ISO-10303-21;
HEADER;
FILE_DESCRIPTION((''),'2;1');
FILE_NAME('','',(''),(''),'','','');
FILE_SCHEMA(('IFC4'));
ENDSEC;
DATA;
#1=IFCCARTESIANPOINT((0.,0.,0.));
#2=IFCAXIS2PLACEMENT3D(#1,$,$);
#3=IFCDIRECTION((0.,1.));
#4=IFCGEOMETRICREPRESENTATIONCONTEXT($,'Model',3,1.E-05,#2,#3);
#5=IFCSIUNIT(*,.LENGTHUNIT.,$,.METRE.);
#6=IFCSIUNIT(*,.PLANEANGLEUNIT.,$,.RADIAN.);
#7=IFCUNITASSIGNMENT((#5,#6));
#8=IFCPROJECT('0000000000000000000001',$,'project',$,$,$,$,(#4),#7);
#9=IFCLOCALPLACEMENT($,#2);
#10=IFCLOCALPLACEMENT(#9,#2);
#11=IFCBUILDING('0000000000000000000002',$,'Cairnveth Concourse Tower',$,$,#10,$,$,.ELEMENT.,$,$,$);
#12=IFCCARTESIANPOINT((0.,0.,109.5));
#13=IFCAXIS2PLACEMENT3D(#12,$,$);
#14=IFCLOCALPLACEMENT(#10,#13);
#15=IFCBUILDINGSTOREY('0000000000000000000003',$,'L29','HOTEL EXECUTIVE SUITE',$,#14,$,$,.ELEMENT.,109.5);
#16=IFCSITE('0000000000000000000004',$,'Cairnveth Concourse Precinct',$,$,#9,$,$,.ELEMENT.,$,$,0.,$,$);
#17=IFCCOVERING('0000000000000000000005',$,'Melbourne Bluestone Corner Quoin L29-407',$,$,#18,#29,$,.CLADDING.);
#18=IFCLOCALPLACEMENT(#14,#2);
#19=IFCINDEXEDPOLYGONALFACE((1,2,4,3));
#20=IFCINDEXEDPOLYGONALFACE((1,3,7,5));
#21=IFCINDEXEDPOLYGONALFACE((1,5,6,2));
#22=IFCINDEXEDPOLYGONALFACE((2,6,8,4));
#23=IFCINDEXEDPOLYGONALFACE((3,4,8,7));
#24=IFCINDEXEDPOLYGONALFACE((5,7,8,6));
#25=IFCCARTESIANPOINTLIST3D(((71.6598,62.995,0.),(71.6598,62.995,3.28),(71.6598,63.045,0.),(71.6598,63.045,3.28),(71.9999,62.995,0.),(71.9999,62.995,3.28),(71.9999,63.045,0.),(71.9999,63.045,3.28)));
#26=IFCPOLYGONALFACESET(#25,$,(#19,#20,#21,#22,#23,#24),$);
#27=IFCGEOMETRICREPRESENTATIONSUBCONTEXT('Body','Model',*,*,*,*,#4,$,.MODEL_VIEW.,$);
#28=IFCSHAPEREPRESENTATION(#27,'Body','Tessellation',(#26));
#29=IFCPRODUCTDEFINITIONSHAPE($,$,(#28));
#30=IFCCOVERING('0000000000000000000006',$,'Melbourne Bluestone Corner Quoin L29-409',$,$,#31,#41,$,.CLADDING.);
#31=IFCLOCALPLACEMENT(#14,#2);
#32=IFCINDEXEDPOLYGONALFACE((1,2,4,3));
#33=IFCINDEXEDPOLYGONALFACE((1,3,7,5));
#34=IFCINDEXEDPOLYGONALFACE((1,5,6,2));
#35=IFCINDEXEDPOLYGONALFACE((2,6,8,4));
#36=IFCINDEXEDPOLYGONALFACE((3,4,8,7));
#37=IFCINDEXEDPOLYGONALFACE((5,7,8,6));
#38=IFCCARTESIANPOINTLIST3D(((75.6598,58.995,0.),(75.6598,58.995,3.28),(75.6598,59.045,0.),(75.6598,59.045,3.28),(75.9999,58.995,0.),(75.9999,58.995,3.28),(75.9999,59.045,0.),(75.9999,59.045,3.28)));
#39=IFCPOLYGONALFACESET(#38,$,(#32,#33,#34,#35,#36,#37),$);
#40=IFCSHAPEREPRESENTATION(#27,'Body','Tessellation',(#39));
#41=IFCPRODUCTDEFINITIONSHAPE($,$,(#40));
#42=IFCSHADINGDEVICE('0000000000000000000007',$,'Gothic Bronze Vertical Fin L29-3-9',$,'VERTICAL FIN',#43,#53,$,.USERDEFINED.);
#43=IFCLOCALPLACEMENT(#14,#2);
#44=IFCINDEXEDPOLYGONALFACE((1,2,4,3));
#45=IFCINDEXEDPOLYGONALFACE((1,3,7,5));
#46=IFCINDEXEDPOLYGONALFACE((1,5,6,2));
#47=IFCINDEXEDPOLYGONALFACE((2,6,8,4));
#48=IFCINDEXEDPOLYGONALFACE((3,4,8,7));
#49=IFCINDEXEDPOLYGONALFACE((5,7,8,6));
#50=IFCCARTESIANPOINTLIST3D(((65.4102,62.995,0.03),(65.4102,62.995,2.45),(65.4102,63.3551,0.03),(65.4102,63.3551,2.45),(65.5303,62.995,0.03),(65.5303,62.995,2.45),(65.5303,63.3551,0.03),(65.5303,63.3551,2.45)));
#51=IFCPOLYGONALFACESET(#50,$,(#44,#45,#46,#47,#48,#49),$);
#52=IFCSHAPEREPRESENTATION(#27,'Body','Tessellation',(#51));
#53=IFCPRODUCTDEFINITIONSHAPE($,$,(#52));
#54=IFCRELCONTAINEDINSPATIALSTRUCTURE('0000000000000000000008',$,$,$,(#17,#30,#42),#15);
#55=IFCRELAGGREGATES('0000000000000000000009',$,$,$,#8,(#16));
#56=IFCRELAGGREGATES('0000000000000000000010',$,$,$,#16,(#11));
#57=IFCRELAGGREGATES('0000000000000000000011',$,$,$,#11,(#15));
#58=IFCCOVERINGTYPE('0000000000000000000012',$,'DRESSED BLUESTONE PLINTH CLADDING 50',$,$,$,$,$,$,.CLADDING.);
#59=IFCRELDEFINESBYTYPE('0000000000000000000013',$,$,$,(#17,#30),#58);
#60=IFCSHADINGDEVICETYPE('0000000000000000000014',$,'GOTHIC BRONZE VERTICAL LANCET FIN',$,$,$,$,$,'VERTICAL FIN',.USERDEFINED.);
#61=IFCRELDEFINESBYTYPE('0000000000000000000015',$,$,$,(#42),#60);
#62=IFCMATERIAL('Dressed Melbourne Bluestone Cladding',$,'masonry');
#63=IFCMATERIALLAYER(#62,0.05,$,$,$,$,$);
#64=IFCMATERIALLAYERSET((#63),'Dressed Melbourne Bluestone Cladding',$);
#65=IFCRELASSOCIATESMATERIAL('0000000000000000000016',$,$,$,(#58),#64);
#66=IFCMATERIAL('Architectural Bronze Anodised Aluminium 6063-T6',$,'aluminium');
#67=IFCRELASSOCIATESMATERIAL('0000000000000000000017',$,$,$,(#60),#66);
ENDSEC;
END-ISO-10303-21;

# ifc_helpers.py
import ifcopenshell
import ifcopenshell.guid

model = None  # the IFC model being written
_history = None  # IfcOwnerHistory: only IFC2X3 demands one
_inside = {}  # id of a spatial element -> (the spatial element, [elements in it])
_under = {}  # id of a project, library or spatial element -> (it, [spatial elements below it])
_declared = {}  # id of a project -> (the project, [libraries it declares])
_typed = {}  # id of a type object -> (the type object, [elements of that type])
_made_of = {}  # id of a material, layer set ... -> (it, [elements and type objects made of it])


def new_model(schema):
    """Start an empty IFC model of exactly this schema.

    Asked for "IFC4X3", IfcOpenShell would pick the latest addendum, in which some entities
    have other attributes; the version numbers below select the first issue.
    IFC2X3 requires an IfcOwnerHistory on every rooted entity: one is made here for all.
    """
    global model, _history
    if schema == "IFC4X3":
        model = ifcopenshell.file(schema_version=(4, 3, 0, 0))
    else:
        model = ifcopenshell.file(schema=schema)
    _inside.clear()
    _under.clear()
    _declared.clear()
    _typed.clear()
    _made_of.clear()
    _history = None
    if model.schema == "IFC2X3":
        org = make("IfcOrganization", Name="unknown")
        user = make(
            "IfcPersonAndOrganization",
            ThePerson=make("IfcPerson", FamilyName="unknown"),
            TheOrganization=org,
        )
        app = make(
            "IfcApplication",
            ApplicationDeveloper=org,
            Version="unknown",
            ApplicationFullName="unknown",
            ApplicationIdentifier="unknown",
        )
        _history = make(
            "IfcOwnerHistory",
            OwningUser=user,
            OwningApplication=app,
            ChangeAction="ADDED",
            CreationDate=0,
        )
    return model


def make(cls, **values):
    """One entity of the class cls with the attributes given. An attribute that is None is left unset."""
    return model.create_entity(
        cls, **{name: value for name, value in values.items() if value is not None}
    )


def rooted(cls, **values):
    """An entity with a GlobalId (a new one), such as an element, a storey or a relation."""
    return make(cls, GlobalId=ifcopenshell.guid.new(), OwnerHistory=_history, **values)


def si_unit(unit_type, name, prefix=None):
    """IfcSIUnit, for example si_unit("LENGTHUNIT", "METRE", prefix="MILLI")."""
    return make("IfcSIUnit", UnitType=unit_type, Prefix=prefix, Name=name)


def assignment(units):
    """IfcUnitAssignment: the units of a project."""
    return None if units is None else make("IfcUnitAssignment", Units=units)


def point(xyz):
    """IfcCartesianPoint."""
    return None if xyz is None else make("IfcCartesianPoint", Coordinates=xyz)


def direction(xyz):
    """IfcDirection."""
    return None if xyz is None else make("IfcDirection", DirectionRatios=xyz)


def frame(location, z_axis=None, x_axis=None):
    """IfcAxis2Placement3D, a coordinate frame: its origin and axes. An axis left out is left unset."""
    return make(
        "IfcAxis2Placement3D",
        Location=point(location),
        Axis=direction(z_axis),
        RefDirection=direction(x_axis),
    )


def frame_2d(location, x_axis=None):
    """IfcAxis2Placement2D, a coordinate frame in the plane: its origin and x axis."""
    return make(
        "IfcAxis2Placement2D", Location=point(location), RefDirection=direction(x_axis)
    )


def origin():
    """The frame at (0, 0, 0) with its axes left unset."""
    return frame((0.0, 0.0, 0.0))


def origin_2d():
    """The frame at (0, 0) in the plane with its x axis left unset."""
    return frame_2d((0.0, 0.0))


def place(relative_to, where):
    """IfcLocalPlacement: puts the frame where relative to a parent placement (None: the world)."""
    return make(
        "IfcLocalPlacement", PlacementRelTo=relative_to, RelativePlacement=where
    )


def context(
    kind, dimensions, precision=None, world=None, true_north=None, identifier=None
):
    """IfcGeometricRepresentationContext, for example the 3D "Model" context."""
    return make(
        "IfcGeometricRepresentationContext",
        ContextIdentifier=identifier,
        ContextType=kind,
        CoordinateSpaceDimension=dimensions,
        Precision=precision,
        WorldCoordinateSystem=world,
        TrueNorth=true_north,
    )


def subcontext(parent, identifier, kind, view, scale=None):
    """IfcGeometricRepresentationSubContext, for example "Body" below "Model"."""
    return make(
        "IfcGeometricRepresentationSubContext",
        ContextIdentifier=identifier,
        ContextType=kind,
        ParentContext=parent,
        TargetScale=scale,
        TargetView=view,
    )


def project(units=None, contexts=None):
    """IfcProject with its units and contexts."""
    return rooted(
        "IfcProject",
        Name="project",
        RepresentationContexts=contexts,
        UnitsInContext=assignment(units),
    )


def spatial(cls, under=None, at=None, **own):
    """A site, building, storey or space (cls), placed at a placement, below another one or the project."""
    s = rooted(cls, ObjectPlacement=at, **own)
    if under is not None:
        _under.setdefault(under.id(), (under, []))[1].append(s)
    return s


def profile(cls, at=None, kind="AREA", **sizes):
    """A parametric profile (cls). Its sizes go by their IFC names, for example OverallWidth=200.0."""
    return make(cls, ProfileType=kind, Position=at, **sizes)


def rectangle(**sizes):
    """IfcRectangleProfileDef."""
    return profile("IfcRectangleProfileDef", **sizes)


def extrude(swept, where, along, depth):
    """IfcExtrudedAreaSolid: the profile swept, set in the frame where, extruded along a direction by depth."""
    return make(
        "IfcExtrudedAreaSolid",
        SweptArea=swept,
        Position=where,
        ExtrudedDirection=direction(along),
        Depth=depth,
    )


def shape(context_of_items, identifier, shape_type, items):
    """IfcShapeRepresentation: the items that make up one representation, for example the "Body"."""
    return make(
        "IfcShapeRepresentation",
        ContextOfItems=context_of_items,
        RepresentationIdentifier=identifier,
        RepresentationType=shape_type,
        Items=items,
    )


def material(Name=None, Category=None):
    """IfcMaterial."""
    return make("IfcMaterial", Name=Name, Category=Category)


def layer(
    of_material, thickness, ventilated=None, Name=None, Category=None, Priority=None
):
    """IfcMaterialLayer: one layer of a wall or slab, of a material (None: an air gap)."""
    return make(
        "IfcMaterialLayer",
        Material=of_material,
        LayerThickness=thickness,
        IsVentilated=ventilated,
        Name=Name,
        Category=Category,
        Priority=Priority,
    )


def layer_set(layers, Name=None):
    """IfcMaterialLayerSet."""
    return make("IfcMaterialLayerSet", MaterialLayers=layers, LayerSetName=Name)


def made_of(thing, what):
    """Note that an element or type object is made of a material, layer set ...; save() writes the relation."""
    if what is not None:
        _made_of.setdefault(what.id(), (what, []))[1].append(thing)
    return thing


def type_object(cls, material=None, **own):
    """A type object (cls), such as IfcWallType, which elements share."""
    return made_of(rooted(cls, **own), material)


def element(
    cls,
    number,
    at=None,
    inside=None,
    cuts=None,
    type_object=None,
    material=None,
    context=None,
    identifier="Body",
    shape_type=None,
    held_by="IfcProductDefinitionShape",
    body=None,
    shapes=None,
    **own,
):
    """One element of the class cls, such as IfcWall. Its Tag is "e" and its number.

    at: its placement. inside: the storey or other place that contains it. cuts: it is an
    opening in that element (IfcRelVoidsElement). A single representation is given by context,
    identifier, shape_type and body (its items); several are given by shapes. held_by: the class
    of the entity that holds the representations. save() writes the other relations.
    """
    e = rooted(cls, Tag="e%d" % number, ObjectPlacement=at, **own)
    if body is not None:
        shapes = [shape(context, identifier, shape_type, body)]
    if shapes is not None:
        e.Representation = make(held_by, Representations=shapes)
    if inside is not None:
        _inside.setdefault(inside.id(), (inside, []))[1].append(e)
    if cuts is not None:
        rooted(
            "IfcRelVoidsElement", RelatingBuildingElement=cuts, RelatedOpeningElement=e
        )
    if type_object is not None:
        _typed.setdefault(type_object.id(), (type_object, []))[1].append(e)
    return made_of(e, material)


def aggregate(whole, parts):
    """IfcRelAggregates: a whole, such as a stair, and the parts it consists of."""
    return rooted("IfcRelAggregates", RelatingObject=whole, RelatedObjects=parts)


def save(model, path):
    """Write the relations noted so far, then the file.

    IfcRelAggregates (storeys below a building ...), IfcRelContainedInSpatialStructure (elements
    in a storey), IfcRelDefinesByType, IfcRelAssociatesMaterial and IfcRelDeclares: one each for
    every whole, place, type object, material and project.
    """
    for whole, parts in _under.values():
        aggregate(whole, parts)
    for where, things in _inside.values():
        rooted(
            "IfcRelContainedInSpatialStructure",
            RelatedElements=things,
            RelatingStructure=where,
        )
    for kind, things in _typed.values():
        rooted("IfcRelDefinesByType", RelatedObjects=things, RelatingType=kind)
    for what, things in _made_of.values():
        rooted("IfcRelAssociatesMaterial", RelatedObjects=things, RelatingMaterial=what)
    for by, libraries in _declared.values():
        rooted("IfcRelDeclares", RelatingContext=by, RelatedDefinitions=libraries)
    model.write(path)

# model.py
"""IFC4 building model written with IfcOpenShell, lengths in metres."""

from ifc_helpers import new_model, si_unit, direction, frame, frame_2d, origin, origin_2d, place, context, subcontext, project, spatial, rectangle, extrude, material, layer, layer_set, type_object, element, save


model = new_model("IFC4")

# Units and contexts
model_context = context("Model", 3, precision=1e-05, world=origin(), true_north=direction((0.0, 1.0)))
body_context = subcontext(model_context, "Body", "Model", "MODEL_VIEW")
ifc_project = project(units=[si_unit("LENGTHUNIT", "METRE"), si_unit("PLANEANGLEUNIT", "RADIAN")], contexts=[model_context])

# Site, building, storey
site_placement = place(None, origin())
site = spatial("IfcSite", under=ifc_project, at=site_placement, Name="Cairnveth Concourse Precinct", CompositionType="ELEMENT", RefElevation=0.0)
building_placement = place(site_placement, origin())
building = spatial("IfcBuilding", under=site, at=building_placement, Name="Cairnveth Concourse Tower", CompositionType="ELEMENT")
storey_placement = place(building_placement, frame((0.0, 0.0, 109.5)))
storey = spatial("IfcBuildingStorey", under=building, at=storey_placement, Name="L29", Description="HOTEL EXECUTIVE SUITE", CompositionType="ELEMENT", Elevation=109.5)

# Coverings
ifc_material_1 = material(Name="Dressed Melbourne Bluestone Cladding", Category="masonry")
ifc_layer_1 = layer(ifc_material_1, 0.05)
ifc_layer_set_1 = layer_set([ifc_layer_1], Name="Dressed Melbourne Bluestone Cladding")
covering_type = type_object("IfcCoveringType", Name="DRESSED BLUESTONE PLINTH CLADDING 50", PredefinedType="CLADDING", material=ifc_layer_set_1)
for number, where, z_axis, x_axis, name in (
    (1, (71.6599, 63.02, 0.0), (0.0, 0.0, 1.0), (1.0, 0.0, 0.0), "Melbourne Bluestone Corner Quoin L29-407"),
    (2, (75.6599, 59.02, 0.0), (0.0, 0.0, 1.0), (1.0, 0.0, 0.0), "Melbourne Bluestone Corner Quoin L29-409"),
):
    element("IfcCovering", number, at=place(storey_placement, frame(where, z_axis=z_axis, x_axis=x_axis)), inside=storey, type_object=covering_type, Name=name, PredefinedType="CLADDING", context=body_context, shape_type="SweptSolid", body=[
        extrude(rectangle(XDim=0.3401, YDim=0.05, at=frame_2d((0.1699, 0.0))), origin(), (0.0, 0.0, 1.0), 3.28),
    ])

# Shading device
ifc_material_2 = material(Name="Architectural Bronze Anodised Aluminium 6063-T6", Category="aluminium")
shading_device_type = type_object("IfcShadingDeviceType", Name="GOTHIC BRONZE VERTICAL LANCET FIN", ElementType="VERTICAL FIN", PredefinedType="USERDEFINED", material=ifc_material_2)
shading_device_placement = place(storey_placement, frame((65.4702, 63.175, 0.03), z_axis=(0.0, 0.0, 1.0), x_axis=(1.0, 0.0, 0.0)))
element("IfcShadingDevice", 3, at=shading_device_placement, inside=storey, type_object=shading_device_type, Name="Gothic Bronze Vertical Fin L29-3-9", ObjectType="VERTICAL FIN", PredefinedType="USERDEFINED", context=body_context, shape_type="SweptSolid", body=[
    extrude(rectangle(XDim=0.1201, YDim=0.3601, at=origin_2d()), origin(), (0.0, 0.0, 1.0), 2.4199),
])

save(model, "model.ifc")
